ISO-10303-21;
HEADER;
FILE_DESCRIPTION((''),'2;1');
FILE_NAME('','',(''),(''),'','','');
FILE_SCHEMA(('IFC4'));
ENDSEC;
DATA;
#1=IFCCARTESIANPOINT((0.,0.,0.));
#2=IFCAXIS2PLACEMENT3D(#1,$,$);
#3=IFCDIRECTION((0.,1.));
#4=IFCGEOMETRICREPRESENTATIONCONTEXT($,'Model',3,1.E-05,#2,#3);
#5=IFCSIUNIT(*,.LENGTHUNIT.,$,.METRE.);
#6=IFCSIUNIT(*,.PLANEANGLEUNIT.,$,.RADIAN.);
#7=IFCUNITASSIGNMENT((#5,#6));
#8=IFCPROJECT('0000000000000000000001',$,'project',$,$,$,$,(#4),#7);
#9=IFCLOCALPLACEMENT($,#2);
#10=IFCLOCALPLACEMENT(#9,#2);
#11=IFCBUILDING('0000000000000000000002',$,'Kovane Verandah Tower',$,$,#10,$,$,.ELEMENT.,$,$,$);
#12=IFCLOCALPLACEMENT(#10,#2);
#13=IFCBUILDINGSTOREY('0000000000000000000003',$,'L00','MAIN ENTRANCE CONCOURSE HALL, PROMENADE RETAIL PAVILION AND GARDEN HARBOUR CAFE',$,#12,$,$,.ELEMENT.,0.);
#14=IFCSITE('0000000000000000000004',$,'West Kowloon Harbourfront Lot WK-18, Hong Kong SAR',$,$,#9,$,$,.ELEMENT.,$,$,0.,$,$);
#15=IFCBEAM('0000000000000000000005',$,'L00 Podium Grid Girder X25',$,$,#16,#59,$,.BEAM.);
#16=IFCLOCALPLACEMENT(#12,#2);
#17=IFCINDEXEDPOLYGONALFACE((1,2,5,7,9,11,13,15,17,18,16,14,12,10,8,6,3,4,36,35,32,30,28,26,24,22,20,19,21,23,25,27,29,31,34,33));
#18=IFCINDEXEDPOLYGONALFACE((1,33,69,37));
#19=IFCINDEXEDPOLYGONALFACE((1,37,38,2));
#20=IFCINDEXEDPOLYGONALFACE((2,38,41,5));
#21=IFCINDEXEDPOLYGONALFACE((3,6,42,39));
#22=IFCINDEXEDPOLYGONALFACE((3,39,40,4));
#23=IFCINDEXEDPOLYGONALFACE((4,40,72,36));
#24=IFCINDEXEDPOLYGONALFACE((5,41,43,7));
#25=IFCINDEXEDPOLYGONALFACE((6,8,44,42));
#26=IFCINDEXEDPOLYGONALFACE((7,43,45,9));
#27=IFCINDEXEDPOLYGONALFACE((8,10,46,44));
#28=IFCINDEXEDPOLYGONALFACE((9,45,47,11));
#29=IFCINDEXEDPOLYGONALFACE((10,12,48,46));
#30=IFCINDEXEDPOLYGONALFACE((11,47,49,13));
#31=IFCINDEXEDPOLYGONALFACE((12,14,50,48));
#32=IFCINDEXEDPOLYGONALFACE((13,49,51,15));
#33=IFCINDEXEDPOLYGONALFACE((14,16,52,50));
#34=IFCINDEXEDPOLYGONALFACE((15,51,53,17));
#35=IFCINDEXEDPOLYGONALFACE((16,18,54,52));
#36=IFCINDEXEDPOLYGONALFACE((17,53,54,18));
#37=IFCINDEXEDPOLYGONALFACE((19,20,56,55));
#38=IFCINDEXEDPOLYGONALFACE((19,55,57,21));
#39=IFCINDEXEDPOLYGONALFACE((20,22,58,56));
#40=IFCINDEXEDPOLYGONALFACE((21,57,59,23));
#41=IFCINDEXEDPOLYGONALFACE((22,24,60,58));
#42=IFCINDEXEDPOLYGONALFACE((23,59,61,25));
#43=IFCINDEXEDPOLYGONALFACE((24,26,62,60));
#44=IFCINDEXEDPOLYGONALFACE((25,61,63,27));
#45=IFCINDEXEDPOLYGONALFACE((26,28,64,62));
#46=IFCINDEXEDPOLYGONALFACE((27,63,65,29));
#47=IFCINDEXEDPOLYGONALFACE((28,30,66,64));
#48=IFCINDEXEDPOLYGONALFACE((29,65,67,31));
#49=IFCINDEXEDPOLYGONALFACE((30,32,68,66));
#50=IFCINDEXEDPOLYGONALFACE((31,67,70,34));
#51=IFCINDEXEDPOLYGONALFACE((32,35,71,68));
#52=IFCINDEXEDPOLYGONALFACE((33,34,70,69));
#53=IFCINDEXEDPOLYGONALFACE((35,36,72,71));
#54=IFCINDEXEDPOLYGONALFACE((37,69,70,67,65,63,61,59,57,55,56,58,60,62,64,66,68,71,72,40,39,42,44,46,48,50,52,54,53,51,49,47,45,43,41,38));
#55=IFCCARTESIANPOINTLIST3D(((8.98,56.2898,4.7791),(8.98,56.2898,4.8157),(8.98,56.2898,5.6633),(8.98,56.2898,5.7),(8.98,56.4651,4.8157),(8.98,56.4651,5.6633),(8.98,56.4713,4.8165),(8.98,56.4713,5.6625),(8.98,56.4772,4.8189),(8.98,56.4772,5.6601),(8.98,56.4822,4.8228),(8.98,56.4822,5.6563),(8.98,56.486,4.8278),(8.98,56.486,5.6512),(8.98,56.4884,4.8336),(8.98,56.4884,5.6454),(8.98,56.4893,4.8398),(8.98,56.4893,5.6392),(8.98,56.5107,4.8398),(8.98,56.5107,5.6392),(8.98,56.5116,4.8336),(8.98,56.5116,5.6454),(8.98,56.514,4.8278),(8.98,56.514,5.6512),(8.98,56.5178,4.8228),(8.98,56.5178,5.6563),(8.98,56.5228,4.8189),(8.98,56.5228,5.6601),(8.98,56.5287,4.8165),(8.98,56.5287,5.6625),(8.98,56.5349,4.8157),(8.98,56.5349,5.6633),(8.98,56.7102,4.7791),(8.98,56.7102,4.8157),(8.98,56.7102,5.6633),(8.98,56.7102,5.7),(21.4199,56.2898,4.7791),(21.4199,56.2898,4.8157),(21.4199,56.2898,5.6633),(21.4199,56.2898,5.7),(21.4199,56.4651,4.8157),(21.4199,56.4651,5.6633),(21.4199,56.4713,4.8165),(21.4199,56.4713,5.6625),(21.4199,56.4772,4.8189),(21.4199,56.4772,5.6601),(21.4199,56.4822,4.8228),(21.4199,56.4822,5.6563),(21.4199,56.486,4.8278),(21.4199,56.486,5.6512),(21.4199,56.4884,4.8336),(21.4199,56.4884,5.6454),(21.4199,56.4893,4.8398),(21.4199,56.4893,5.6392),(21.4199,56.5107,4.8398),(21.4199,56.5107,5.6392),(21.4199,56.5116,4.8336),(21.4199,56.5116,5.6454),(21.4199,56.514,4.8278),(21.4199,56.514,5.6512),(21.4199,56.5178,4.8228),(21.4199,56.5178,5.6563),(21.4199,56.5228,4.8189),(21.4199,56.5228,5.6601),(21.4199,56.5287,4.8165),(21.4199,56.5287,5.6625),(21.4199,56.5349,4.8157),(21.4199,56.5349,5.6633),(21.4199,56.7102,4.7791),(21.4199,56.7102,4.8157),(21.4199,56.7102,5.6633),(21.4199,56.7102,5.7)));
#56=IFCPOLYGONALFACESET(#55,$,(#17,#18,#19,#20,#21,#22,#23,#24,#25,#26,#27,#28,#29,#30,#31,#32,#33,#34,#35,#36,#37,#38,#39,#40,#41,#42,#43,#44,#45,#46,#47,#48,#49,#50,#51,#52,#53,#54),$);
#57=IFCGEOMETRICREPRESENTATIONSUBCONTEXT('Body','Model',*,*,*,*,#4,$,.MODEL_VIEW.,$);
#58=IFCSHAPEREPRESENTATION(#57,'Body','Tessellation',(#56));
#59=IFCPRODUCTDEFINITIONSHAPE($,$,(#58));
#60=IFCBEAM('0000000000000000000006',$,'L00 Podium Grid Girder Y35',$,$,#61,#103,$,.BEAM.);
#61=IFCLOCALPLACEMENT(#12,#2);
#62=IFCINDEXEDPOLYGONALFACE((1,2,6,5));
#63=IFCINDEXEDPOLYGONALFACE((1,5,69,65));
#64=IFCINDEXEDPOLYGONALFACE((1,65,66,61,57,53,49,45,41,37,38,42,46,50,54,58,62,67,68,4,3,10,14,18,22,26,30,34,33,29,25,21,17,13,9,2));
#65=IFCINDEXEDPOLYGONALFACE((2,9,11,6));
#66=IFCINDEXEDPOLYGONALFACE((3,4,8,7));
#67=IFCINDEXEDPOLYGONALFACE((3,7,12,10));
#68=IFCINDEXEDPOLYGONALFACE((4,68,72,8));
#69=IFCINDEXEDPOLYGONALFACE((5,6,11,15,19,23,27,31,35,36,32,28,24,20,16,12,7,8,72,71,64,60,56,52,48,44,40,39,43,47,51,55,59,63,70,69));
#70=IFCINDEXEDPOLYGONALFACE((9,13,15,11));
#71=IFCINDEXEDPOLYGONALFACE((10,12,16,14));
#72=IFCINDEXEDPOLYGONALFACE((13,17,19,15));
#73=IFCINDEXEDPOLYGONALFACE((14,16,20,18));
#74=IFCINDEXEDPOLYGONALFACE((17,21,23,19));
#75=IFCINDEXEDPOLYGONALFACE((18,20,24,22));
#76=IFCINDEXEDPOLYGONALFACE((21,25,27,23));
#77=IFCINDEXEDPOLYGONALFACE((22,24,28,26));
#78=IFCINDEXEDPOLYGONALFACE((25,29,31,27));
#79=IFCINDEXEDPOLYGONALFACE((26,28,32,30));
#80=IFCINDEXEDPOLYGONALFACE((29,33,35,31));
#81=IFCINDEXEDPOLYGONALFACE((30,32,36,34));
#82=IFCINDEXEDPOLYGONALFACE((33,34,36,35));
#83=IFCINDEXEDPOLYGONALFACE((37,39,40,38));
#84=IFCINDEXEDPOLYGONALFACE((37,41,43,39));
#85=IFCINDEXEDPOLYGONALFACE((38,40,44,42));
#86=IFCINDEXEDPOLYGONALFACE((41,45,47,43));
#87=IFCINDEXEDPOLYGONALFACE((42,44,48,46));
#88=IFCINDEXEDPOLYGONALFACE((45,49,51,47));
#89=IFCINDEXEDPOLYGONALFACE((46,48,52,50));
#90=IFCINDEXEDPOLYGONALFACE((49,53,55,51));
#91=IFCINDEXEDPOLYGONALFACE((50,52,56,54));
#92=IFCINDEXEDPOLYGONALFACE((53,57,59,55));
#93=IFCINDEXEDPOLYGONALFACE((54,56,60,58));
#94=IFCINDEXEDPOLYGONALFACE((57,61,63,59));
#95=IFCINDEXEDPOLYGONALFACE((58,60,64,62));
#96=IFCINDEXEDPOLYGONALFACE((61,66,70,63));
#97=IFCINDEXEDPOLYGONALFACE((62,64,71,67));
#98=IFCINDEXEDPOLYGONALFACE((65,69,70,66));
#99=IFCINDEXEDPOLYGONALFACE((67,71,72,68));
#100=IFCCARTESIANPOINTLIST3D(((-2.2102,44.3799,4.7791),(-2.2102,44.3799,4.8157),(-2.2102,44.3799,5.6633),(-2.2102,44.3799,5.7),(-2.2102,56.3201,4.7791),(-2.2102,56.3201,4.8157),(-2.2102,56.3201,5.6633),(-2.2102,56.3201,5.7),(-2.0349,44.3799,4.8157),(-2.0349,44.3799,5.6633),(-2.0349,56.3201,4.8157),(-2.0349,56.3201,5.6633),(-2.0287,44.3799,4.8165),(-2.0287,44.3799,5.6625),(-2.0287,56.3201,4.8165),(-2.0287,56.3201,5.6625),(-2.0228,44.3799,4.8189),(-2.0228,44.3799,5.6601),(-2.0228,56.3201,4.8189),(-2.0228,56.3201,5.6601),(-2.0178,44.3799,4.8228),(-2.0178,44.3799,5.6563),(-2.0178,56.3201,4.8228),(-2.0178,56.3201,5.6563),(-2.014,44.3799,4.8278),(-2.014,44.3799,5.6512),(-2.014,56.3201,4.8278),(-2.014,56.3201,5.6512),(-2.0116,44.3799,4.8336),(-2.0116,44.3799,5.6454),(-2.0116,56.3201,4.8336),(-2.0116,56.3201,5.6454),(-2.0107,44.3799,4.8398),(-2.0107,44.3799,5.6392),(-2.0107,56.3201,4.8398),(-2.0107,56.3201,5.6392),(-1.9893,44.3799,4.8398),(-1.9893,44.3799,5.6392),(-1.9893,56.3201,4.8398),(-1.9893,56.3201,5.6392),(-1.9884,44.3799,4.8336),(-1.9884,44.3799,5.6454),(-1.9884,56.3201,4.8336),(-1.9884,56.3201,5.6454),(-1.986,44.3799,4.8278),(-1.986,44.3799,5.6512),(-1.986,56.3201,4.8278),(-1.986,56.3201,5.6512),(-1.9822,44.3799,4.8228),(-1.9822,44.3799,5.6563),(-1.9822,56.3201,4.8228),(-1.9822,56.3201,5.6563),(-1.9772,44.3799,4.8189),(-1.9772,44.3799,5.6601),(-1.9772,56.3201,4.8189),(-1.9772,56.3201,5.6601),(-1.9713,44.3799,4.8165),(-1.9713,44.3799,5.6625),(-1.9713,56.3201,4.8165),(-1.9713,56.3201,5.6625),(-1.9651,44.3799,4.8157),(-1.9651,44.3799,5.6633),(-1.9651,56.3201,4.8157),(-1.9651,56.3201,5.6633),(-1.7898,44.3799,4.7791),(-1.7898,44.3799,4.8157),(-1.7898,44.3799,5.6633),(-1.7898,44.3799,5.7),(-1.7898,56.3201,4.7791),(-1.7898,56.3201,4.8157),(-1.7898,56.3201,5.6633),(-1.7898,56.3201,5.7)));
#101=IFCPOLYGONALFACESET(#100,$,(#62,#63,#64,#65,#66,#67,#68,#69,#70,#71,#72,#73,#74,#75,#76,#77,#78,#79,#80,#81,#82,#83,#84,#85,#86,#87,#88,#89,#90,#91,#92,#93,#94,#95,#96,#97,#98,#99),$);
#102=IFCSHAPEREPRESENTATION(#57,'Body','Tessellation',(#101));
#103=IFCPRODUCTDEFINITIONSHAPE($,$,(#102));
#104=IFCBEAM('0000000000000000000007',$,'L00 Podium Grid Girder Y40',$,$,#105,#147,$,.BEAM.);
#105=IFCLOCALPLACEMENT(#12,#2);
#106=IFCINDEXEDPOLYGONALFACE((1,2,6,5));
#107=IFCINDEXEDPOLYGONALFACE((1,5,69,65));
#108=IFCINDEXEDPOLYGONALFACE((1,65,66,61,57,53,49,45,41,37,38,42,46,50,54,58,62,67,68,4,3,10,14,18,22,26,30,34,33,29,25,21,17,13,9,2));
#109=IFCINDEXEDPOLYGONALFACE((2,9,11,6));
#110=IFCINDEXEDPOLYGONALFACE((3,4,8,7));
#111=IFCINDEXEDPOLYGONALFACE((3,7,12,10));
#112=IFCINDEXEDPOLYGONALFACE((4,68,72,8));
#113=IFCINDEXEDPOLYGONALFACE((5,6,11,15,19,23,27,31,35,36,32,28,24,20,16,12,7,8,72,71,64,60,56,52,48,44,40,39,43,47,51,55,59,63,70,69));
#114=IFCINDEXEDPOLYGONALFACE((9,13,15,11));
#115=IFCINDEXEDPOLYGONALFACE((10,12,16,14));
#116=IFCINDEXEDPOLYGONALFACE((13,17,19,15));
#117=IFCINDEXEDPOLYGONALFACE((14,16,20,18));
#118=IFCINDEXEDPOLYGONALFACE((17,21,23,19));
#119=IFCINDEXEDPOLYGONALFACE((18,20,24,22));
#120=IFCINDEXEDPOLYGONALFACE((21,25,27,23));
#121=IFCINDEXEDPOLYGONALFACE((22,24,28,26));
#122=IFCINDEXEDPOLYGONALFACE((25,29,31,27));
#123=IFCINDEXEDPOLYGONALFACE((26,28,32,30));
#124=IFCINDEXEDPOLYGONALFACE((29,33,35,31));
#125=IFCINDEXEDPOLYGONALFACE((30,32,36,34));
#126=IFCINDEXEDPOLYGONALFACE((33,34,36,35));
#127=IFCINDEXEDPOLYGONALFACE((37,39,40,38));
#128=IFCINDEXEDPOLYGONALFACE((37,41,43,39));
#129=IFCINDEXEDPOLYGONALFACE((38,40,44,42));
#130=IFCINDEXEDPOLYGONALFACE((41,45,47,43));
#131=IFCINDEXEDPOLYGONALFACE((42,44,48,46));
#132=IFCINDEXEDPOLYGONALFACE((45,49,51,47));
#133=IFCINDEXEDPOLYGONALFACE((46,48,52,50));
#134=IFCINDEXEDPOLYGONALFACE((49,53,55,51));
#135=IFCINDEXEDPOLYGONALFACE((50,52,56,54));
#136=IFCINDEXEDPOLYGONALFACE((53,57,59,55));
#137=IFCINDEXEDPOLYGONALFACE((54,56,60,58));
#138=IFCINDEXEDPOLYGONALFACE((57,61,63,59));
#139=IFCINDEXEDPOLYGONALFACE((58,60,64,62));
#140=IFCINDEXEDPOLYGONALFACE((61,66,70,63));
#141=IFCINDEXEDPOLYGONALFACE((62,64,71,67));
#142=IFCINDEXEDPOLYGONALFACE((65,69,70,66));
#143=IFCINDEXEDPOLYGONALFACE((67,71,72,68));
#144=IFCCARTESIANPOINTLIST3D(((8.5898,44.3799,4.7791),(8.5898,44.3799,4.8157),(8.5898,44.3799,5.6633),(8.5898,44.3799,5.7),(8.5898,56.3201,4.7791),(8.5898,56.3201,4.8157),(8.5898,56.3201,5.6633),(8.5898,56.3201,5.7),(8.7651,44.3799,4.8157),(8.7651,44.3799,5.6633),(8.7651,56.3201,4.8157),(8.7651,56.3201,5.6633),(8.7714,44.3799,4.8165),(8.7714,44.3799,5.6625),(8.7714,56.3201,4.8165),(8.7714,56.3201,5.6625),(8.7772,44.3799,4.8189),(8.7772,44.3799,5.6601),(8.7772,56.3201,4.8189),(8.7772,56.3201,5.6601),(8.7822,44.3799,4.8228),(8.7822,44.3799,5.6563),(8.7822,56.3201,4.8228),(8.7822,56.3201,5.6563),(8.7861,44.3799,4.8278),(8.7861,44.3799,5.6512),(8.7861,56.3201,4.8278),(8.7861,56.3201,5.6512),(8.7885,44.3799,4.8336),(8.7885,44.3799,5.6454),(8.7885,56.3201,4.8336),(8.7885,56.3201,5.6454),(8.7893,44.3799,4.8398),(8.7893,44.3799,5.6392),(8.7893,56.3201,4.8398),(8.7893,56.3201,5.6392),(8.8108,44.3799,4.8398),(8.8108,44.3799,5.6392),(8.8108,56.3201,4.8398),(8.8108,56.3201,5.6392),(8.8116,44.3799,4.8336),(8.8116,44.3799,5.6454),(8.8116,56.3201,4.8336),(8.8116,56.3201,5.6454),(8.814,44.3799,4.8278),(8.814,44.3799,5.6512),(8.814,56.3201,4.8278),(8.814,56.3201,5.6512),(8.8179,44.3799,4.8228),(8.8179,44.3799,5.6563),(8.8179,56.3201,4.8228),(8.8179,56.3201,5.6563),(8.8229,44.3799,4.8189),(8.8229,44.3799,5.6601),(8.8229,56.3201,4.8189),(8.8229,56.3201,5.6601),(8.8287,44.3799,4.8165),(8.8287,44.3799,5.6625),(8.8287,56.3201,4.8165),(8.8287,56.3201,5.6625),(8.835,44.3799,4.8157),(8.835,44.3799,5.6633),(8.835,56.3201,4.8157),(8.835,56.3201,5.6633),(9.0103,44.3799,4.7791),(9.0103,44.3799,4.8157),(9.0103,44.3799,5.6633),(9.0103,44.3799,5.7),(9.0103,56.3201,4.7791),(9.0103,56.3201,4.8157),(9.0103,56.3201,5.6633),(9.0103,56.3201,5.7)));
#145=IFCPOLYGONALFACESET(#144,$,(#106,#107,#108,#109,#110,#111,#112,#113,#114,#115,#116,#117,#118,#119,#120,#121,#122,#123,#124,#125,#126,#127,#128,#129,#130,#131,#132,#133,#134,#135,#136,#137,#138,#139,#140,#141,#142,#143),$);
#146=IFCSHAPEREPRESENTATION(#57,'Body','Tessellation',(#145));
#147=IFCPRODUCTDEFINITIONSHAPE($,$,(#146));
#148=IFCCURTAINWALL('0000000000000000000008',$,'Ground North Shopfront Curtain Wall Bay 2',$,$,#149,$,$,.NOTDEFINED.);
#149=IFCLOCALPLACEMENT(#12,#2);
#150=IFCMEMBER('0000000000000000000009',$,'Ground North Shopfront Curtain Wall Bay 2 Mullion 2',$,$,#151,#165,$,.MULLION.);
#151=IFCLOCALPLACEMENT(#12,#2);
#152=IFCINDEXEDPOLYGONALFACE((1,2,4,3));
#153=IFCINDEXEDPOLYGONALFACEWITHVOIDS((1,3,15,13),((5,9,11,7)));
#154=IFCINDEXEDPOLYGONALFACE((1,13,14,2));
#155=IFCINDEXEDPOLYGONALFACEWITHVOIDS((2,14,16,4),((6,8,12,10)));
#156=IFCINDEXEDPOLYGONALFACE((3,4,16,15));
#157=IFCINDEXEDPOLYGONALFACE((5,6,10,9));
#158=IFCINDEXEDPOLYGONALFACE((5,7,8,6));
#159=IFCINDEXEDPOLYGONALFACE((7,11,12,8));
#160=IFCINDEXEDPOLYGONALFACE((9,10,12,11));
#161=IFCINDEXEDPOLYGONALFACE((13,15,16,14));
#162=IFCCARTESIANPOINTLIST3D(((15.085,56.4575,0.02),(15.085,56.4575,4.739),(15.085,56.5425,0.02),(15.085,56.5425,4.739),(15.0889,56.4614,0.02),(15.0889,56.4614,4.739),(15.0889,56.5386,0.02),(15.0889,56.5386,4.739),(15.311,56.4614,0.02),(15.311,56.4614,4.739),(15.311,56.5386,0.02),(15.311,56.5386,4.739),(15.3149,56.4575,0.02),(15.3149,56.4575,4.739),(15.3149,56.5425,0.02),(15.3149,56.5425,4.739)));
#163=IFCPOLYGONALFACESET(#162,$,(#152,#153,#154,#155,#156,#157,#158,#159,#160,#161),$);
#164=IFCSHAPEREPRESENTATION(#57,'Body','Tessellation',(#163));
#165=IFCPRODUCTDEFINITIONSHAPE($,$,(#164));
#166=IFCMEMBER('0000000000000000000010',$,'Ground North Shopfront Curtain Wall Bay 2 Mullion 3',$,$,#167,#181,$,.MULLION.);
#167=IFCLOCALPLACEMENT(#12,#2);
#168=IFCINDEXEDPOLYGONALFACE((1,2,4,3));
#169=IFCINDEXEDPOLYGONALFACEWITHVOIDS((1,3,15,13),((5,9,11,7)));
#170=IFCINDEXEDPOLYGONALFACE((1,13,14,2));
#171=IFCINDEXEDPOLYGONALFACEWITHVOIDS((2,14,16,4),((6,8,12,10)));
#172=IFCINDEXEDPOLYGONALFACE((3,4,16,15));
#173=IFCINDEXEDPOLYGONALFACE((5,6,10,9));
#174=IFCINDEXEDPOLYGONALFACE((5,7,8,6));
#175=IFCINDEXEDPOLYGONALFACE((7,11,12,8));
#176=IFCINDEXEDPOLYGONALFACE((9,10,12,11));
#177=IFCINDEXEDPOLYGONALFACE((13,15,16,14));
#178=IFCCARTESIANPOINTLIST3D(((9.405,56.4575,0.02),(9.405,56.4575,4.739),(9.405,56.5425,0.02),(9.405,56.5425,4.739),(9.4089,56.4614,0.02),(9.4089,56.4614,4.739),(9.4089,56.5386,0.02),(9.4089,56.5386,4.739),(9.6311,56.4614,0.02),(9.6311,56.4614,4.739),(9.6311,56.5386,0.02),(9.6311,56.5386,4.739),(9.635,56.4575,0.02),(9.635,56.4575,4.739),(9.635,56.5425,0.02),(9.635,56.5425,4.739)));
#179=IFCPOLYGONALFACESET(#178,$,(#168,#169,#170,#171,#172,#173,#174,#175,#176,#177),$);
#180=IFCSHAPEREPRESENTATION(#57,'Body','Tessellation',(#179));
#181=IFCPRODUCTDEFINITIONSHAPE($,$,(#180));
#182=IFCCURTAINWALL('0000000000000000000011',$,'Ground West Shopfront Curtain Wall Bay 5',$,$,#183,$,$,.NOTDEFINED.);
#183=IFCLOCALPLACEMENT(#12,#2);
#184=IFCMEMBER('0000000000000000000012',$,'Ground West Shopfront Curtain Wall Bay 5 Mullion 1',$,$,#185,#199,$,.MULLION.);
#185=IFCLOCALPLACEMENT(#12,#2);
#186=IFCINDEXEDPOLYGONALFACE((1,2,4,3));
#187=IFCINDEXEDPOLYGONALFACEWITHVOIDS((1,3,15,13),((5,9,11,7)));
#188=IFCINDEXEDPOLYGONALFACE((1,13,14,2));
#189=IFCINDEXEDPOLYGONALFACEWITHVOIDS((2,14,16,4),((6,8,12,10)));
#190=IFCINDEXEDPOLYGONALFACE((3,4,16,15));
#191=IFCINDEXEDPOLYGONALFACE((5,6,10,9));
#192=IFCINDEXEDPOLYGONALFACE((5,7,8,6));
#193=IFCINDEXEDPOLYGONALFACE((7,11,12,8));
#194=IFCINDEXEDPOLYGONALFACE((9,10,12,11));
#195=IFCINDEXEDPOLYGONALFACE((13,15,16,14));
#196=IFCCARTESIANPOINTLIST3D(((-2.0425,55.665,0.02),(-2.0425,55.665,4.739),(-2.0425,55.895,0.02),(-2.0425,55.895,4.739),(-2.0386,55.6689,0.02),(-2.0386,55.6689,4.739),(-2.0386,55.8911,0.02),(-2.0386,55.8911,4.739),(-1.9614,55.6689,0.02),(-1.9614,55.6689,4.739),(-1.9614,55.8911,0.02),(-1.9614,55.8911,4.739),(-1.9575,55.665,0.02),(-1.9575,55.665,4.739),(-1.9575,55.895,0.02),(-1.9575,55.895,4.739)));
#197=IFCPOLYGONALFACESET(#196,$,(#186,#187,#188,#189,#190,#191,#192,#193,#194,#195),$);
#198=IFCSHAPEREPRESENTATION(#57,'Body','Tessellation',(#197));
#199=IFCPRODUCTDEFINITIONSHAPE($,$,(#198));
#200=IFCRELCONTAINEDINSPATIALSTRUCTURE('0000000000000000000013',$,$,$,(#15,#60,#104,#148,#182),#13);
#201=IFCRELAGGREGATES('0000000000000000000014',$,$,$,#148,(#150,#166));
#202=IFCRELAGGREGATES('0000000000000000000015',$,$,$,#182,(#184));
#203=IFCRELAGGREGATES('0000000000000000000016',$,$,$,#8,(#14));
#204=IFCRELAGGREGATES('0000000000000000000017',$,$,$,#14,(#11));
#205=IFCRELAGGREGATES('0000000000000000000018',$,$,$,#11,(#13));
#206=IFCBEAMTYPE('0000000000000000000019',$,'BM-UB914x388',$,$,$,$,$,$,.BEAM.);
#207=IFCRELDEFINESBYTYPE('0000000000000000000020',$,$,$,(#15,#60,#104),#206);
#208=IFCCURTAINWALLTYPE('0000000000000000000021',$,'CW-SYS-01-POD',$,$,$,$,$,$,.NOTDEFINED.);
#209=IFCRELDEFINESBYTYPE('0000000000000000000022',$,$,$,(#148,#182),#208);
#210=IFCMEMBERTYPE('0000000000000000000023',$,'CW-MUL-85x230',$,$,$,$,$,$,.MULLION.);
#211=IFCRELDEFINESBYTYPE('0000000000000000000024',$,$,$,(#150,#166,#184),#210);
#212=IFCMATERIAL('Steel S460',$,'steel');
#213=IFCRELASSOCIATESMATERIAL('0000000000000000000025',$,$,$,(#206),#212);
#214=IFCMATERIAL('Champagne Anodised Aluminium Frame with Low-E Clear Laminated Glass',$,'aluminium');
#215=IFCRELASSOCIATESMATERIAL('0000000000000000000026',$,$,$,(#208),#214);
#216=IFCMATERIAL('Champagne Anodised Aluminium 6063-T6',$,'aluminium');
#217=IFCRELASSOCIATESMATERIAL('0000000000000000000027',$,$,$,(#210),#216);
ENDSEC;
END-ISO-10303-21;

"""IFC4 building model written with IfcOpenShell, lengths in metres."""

from ifc_helpers import new_model, si_unit, direction, frame, origin, origin_2d, place, context, subcontext, project, spatial, hollow_rectangle, i_section, extrude, material, material_profile, profile_set, type_object, element, aggregate, save


model = new_model("IFC4")

# Units and contexts
model_context = context("Model", 3, precision=1e-05, world=origin(), true_north=direction((0.0, 1.0)))
body_context = subcontext(model_context, "Body", "Model", "MODEL_VIEW")
ifc_project = project(units=[si_unit("LENGTHUNIT", "METRE"), si_unit("PLANEANGLEUNIT", "RADIAN")], contexts=[model_context])

# Site, building, storey
site_placement = place(None, origin())
site = spatial("IfcSite", under=ifc_project, at=site_placement, Name="West Kowloon Harbourfront Lot WK-18, Hong Kong SAR", CompositionType="ELEMENT", RefElevation=0.0)
building_placement = place(site_placement, origin())
building = spatial("IfcBuilding", under=site, at=building_placement, Name="Kovane Verandah Tower", CompositionType="ELEMENT")
storey_placement = place(building_placement, origin())
storey = spatial("IfcBuildingStorey", under=building, at=storey_placement, Name="L00", Description="MAIN ENTRANCE CONCOURSE HALL, PROMENADE RETAIL PAVILION AND GARDEN HARBOUR CAFE", CompositionType="ELEMENT", Elevation=0.0)

# Beams
ifc_material_1 = material(Name="Steel S460", Category="steel")
ifc_material_profile_1 = material_profile(ifc_material_1, i_section(OverallWidth=0.4204, OverallDepth=0.9209, WebThickness=0.0215, FlangeThickness=0.0366, FilletRadius=0.0242, at=origin_2d()), Name="UB914x419x388")
ifc_profile_set_1 = profile_set([ifc_material_profile_1], Name="Steel S460")
beam_type_1 = type_object("IfcBeamType", Name="BM-UB914x388", PredefinedType="BEAM", material=ifc_profile_set_1)
beam_1_placement = place(storey_placement, frame((8.98, 56.5, 5.2395), z_axis=(1.0, 0.0, 0.0), x_axis=(0.0, 1.0, 0.0)))
element("IfcBeam", 1, at=beam_1_placement, inside=storey, type_object=beam_type_1, Name="L00 Podium Grid Girder X25", PredefinedType="BEAM", context=body_context, shape_type="SweptSolid", body=[
    extrude(i_section(OverallWidth=0.4204, OverallDepth=0.9209, WebThickness=0.0215, FlangeThickness=0.0366, FilletRadius=0.0242, at=origin_2d()), origin(), (0.0, 0.0, 1.0), 12.4399),
])
for number, where, z_axis, x_axis, name in (
    (2, (-2.0, 44.3799, 5.2395), (0.0, 1.0, 0.0), (-1.0, 0.0, 0.0), "L00 Podium Grid Girder Y35"),
    (3, (8.8, 44.3799, 5.2395), (0.0, 1.0, 0.0), (-1.0, 0.0, 0.0), "L00 Podium Grid Girder Y40"),
):
    element("IfcBeam", number, at=place(storey_placement, frame(where, z_axis=z_axis, x_axis=x_axis)), inside=storey, type_object=beam_type_1, Name=name, PredefinedType="BEAM", context=body_context, shape_type="SweptSolid", body=[
        extrude(i_section(OverallWidth=0.4204, OverallDepth=0.9209, WebThickness=0.0215, FlangeThickness=0.0366, FilletRadius=0.0242, at=origin_2d()), origin(), (0.0, 0.0, 1.0), 11.9402),
    ])

# Curtain walls, members
ifc_material_2 = material(Name="Champagne Anodised Aluminium Frame with Low-E Clear Laminated Glass", Category="aluminium")
curtain_wall_type = type_object("IfcCurtainWallType", Name="CW-SYS-01-POD", PredefinedType="NOTDEFINED", material=ifc_material_2)
curtain_wall_1_placement = place(storey_placement, origin())
curtain_wall_1 = element("IfcCurtainWall", 4, at=curtain_wall_1_placement, inside=storey, type_object=curtain_wall_type, Name="Ground North Shopfront Curtain Wall Bay 2", PredefinedType="NOTDEFINED")
ifc_material_3 = material(Name="Champagne Anodised Aluminium 6063-T6", Category="aluminium")
ifc_material_profile_2 = material_profile(ifc_material_3, hollow_rectangle(XDim=0.085, YDim=0.23, WallThickness=0.0039, at=origin_2d()), Name="AL85x230x4")
ifc_profile_set_2 = profile_set([ifc_material_profile_2], Name="Champagne Anodised Aluminium 6063-T6")
member_type_1 = type_object("IfcMemberType", Name="CW-MUL-85x230", PredefinedType="MULLION", material=ifc_profile_set_2)
member_1_placement = place(storey_placement, frame((15.2, 56.5, 0.02), z_axis=(0.0, 0.0, 1.0), x_axis=(0.0, 1.0, 0.0)))
member_1 = element("IfcMember", 5, at=member_1_placement, type_object=member_type_1, Name="Ground North Shopfront Curtain Wall Bay 2 Mullion 2", PredefinedType="MULLION", context=body_context, shape_type="SweptSolid", body=[
    extrude(hollow_rectangle(XDim=0.085, YDim=0.23, WallThickness=0.0039, at=origin_2d()), origin(), (0.0, 0.0, 1.0), 4.719),
])
member_2_placement = place(storey_placement, frame((9.52, 56.5, 0.02), z_axis=(0.0, 0.0, 1.0), x_axis=(0.0, 1.0, 0.0)))
member_2 = element("IfcMember", 6, at=member_2_placement, type_object=member_type_1, Name="Ground North Shopfront Curtain Wall Bay 2 Mullion 3", PredefinedType="MULLION", context=body_context, shape_type="SweptSolid", body=[
    extrude(hollow_rectangle(XDim=0.085, YDim=0.23, WallThickness=0.0039, at=origin_2d()), origin(), (0.0, 0.0, 1.0), 4.719),
])
curtain_wall_2_placement = place(storey_placement, origin())
curtain_wall_2 = element("IfcCurtainWall", 7, at=curtain_wall_2_placement, inside=storey, type_object=curtain_wall_type, Name="Ground West Shopfront Curtain Wall Bay 5", PredefinedType="NOTDEFINED")
member_3_placement = place(storey_placement, frame((-2.0, 55.78, 0.02), z_axis=(0.0, 0.0, 1.0), x_axis=(-1.0, 0.0, 0.0)))
member_3 = element("IfcMember", 8, at=member_3_placement, type_object=member_type_1, Name="Ground West Shopfront Curtain Wall Bay 5 Mullion 1", PredefinedType="MULLION", context=body_context, shape_type="SweptSolid", body=[
    extrude(hollow_rectangle(XDim=0.085, YDim=0.23, WallThickness=0.0039, at=origin_2d()), origin(), (0.0, 0.0, 1.0), 4.719),
])

aggregate(curtain_wall_1, [member_1, member_2])
aggregate(curtain_wall_2, [member_3])

save(model, "model.ifc")
